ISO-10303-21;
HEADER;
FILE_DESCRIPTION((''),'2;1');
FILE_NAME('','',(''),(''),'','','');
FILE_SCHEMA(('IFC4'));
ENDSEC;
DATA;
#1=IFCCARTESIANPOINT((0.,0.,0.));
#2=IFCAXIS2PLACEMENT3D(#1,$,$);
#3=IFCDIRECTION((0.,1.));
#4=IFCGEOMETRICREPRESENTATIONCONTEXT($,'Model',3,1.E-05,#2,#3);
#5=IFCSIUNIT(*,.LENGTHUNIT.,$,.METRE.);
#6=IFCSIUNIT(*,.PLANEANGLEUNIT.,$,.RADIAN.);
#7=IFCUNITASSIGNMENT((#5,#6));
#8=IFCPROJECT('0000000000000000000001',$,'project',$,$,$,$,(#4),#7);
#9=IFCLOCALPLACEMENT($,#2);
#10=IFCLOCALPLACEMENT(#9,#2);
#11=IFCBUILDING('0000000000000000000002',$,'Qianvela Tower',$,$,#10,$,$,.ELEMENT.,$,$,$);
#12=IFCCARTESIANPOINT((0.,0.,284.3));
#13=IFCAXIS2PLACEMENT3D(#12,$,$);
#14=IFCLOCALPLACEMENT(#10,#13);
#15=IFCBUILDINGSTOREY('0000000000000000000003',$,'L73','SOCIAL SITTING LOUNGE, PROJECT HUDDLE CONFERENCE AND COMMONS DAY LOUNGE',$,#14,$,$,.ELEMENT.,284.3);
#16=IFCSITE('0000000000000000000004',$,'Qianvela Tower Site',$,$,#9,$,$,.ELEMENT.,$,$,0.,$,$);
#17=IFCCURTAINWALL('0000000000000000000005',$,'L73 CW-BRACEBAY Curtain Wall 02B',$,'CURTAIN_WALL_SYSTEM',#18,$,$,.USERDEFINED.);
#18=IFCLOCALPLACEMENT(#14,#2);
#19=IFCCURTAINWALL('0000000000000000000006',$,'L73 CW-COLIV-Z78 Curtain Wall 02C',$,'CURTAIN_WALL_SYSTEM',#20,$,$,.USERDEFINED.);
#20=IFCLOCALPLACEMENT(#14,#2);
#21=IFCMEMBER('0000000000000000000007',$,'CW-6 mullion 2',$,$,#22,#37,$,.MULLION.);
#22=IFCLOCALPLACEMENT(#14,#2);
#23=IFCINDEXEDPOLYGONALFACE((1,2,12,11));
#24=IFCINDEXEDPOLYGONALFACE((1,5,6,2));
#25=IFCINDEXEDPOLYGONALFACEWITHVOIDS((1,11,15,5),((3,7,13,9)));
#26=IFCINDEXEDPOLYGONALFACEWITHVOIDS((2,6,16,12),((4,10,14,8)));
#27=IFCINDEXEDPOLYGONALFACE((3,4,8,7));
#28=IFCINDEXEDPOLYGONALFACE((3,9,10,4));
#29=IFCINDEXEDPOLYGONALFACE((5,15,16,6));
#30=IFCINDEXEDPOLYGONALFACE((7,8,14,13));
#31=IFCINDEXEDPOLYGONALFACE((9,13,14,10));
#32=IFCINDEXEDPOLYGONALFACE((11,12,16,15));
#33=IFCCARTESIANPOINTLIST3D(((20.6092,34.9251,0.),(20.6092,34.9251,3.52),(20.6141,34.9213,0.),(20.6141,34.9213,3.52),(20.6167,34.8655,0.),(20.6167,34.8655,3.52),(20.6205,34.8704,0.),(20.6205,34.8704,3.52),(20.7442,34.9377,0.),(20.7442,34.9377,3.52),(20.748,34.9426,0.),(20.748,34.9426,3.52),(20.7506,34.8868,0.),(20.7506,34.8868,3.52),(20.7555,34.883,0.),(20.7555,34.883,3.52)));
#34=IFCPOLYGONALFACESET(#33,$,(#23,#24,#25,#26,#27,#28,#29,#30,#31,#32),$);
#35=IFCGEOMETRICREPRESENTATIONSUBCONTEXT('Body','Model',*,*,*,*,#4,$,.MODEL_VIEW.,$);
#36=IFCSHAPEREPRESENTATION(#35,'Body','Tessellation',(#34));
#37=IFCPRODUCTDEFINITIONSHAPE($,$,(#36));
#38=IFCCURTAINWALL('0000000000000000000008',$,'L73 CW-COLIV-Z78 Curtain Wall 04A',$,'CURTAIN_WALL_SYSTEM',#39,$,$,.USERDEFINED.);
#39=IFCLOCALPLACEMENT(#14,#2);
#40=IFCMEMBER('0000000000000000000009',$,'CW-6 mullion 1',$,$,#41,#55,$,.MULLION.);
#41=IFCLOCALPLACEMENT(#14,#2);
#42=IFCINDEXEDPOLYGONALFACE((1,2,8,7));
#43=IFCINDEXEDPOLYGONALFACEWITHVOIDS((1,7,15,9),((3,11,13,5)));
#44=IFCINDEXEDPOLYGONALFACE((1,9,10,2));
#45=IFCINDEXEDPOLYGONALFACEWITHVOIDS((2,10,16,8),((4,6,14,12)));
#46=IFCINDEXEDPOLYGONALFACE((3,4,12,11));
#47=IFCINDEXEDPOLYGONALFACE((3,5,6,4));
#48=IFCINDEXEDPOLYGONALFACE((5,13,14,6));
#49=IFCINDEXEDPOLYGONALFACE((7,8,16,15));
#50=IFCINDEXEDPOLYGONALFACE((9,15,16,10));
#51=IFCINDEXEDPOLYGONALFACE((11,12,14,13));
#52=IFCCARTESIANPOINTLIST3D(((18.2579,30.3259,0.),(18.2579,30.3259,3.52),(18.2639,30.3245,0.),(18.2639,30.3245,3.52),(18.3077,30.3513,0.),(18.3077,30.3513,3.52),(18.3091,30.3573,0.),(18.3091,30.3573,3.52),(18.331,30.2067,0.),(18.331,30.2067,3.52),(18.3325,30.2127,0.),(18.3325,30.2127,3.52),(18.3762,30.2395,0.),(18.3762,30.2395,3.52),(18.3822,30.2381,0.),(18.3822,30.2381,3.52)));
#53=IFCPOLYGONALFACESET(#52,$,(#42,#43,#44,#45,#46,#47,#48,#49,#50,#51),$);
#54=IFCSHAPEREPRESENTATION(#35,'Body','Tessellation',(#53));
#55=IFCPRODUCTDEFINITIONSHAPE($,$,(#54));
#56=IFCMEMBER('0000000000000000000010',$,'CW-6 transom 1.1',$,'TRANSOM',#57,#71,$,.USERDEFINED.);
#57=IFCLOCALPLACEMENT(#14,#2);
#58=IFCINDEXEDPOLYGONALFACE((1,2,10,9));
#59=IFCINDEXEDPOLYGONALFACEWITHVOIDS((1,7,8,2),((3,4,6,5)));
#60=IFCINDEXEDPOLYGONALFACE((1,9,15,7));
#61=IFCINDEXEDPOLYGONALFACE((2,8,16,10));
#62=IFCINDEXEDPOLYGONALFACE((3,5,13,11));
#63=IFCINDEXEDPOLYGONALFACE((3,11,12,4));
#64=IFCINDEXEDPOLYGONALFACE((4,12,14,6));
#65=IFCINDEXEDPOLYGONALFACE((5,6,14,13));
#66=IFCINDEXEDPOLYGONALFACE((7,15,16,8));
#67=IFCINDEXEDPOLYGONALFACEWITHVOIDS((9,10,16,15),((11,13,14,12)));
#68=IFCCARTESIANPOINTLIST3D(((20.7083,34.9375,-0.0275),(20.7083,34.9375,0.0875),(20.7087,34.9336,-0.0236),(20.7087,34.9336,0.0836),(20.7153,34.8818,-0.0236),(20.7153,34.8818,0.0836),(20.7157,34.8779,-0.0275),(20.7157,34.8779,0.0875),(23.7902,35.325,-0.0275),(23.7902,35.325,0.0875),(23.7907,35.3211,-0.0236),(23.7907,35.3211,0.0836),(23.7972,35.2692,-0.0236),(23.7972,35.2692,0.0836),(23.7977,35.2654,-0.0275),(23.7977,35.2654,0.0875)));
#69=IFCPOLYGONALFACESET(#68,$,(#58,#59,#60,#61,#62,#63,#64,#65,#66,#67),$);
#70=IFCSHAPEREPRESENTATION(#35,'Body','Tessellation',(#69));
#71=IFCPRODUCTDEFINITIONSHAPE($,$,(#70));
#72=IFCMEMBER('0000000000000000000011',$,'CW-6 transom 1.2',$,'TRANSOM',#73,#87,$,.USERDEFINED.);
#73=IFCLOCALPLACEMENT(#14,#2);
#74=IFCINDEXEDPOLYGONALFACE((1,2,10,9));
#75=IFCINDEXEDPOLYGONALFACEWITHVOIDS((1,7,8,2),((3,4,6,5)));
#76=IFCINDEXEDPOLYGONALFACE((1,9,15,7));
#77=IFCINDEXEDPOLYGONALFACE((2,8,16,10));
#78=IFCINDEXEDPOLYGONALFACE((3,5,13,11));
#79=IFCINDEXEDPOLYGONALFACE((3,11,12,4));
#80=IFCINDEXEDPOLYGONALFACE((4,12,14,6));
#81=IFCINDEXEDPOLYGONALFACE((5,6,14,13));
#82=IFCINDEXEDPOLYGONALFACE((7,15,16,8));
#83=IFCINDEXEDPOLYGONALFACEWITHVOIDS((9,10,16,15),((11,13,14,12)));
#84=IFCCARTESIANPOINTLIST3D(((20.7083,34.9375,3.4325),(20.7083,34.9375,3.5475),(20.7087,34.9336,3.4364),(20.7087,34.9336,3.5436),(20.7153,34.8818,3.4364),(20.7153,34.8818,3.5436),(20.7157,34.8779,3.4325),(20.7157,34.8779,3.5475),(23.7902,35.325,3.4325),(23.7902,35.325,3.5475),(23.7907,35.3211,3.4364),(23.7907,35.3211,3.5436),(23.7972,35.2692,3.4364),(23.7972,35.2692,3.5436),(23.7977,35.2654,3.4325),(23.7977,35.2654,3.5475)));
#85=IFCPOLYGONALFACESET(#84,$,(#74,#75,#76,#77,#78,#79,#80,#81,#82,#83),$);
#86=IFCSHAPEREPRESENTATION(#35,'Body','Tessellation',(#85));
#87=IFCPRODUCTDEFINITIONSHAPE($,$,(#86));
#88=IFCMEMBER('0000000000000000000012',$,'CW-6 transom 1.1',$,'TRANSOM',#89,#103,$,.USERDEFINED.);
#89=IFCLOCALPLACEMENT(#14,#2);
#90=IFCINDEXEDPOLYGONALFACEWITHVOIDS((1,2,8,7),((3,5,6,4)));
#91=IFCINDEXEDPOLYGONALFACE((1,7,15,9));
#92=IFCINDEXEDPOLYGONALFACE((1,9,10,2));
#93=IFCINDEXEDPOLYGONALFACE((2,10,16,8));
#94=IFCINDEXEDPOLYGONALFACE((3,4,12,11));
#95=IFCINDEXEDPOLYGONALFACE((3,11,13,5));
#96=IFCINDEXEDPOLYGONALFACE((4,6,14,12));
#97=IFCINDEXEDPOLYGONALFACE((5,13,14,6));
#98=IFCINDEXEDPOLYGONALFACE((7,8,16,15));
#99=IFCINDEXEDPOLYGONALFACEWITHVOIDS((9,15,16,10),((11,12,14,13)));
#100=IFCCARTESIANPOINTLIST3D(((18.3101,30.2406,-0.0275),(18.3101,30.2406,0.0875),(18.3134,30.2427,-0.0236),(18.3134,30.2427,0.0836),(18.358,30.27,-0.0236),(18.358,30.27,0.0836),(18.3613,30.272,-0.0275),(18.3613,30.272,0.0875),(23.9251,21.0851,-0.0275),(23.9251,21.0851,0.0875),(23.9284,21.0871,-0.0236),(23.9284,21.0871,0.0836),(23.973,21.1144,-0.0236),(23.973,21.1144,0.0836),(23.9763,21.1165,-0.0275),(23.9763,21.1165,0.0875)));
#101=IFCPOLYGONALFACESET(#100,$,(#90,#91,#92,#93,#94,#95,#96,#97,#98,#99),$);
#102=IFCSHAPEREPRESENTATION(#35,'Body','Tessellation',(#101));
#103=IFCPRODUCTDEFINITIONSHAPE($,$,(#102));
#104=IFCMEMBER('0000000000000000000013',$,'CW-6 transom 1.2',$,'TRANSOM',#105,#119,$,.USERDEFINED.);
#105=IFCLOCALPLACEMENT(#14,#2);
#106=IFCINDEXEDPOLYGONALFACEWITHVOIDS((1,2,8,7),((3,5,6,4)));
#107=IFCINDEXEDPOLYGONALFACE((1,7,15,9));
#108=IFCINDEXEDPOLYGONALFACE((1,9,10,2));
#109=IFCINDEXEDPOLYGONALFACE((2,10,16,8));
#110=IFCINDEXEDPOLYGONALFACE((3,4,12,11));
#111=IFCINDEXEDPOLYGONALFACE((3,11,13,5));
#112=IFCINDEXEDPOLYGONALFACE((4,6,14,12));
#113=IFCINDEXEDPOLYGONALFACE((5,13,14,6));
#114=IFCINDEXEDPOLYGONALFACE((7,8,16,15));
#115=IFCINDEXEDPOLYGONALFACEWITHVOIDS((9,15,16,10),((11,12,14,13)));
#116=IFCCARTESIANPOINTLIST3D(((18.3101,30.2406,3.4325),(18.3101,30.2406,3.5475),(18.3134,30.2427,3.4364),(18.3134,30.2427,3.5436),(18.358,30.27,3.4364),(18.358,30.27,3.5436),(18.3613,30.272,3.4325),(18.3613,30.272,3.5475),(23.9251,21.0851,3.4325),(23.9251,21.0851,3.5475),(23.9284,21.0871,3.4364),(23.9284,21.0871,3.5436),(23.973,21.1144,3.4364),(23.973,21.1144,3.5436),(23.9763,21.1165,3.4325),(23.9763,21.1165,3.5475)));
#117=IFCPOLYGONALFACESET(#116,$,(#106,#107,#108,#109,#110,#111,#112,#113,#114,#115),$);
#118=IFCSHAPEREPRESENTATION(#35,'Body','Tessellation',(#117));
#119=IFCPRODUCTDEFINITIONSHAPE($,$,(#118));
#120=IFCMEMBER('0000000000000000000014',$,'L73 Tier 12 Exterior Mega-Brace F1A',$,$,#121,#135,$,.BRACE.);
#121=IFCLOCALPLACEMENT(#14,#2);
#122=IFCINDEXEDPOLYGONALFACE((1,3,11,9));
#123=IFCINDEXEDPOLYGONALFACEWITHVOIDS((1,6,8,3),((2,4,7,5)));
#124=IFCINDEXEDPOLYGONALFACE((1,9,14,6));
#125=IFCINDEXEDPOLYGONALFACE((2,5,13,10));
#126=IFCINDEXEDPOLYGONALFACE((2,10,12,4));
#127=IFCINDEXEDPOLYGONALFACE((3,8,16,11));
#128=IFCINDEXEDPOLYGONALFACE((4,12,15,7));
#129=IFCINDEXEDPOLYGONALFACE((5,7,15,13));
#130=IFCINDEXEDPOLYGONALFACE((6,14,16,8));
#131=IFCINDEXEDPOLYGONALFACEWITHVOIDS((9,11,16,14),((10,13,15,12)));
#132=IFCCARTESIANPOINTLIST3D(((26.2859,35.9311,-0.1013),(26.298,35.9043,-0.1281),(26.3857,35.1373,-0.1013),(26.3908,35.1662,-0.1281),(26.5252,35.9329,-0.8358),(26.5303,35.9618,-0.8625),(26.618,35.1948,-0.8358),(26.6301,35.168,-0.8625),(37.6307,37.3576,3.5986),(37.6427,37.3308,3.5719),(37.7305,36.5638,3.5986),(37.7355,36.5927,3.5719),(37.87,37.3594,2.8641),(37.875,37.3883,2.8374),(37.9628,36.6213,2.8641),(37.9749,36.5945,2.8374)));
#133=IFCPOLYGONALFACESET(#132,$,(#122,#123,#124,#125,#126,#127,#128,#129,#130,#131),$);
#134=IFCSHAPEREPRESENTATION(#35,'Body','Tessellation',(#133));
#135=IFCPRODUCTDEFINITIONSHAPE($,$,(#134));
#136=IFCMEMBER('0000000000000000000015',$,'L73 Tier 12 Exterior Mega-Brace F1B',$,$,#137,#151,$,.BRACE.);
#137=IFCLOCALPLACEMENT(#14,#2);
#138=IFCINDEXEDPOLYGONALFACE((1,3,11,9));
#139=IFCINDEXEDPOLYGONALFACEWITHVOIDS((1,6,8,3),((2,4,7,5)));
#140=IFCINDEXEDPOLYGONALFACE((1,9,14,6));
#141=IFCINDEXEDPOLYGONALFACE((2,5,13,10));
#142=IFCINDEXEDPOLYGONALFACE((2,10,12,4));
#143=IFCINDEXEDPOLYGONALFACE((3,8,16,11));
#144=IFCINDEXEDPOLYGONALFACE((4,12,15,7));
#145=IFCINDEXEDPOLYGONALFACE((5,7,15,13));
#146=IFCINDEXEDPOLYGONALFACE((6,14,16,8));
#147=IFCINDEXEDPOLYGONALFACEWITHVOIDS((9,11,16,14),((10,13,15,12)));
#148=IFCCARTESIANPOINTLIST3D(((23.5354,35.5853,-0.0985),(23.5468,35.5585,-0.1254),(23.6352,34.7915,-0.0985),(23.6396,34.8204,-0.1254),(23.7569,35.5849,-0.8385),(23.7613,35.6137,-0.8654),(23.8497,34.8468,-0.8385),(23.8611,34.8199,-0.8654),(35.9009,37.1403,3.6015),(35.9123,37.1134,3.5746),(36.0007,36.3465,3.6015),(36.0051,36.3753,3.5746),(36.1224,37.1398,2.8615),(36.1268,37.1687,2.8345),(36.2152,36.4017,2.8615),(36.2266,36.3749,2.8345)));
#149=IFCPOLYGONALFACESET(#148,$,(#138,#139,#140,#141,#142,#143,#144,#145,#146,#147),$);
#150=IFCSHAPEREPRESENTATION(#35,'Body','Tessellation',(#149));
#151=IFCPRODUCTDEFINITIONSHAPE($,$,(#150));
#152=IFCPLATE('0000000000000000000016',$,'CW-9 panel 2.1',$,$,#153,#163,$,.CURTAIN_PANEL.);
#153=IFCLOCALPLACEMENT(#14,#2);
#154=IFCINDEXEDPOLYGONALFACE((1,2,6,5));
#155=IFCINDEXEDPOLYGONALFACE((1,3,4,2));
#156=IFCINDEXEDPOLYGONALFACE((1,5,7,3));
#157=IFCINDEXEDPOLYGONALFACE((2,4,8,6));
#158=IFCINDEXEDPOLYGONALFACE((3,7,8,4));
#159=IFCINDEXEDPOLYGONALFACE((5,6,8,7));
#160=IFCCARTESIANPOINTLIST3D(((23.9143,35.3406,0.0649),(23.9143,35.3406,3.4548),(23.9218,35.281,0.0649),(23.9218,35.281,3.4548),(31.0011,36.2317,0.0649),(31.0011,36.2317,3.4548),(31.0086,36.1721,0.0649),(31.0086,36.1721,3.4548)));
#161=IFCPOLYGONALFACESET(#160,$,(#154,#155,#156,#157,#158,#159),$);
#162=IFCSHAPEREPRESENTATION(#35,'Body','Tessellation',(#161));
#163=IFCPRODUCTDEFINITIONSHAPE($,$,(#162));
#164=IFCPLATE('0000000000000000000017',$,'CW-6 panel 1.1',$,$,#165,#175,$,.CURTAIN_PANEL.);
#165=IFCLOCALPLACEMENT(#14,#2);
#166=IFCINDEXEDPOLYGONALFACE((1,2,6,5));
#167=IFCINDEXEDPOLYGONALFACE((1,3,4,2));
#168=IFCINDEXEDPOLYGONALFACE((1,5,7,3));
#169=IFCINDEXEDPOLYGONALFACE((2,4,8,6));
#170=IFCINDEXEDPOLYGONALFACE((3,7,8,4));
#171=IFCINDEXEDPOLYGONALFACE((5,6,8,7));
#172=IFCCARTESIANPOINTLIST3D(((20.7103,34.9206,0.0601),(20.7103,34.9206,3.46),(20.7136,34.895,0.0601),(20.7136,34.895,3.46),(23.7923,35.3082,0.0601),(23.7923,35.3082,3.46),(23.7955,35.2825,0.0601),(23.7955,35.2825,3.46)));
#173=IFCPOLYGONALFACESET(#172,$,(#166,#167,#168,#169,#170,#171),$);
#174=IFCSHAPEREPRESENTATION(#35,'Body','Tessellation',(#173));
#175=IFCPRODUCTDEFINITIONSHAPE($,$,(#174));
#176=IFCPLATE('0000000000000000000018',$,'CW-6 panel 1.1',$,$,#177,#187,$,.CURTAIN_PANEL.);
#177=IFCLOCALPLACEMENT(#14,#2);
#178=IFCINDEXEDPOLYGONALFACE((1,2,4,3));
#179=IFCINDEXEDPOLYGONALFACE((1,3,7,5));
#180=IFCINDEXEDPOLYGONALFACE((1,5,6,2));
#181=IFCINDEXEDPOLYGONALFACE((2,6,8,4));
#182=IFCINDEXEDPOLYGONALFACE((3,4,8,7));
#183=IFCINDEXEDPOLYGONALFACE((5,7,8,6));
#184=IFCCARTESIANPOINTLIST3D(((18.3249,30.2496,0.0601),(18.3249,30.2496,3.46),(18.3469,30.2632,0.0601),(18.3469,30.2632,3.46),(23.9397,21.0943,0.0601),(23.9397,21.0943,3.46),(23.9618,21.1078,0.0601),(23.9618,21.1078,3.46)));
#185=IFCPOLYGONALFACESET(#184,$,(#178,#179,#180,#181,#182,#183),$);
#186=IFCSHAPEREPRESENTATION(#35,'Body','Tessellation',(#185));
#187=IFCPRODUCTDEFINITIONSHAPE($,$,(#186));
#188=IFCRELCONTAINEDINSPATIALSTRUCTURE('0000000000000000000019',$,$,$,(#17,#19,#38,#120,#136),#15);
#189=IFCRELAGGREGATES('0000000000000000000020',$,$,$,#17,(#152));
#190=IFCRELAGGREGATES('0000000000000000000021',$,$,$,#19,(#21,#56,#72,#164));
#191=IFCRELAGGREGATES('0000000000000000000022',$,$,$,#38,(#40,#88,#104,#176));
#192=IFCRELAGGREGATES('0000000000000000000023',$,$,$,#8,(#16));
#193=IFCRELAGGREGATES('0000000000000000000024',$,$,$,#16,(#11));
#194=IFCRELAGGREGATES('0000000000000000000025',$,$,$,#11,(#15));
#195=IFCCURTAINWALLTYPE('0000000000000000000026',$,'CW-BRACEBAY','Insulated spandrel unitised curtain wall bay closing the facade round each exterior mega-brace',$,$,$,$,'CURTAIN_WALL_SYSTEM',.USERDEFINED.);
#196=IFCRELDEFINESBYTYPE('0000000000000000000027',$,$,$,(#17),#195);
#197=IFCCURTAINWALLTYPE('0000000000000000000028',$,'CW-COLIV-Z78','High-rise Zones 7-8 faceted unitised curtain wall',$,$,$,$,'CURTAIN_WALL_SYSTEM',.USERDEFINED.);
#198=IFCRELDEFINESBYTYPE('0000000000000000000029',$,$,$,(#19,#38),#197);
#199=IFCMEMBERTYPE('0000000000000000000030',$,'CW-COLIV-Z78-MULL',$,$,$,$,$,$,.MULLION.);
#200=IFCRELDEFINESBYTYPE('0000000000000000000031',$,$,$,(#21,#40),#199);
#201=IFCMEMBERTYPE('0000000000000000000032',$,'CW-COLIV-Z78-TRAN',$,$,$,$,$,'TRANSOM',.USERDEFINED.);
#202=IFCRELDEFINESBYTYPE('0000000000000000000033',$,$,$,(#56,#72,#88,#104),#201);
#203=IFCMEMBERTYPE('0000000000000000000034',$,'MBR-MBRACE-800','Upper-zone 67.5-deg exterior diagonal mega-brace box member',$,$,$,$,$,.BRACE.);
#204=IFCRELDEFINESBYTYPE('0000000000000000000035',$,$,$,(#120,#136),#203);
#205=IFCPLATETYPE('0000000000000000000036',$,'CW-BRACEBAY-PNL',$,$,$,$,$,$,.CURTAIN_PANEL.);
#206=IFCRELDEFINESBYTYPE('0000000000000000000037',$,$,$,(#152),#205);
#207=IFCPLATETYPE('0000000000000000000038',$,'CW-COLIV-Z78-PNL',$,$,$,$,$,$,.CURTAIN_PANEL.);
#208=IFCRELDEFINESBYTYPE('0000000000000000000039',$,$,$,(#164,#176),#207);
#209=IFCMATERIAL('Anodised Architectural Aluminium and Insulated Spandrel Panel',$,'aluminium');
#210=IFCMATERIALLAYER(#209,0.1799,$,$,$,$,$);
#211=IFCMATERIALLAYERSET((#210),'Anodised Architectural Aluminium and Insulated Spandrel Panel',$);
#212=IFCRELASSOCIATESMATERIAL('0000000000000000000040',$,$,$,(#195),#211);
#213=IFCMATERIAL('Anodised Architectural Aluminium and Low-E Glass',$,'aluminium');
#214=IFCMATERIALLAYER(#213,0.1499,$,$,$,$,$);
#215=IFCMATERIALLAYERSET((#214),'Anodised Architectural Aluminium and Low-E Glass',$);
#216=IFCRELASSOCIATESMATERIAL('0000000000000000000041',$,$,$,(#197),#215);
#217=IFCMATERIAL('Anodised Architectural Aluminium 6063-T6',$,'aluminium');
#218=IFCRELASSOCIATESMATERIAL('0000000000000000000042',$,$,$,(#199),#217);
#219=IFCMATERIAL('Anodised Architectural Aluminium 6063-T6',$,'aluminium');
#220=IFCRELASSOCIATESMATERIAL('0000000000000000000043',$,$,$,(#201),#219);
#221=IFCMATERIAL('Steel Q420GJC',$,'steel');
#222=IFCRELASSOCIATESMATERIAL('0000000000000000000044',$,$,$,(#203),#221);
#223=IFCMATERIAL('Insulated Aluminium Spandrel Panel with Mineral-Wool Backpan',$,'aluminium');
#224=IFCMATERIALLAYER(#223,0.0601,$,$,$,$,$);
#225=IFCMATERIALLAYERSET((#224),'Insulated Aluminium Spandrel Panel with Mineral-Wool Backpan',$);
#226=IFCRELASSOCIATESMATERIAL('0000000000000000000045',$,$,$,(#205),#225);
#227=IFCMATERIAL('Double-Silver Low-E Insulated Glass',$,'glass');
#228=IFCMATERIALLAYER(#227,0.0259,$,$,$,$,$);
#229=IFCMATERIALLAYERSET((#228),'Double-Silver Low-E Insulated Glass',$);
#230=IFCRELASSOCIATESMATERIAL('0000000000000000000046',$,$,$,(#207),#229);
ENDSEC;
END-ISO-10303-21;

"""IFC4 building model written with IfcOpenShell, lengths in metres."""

from ifc_helpers import new_model, si_unit, direction, frame, origin, origin_2d, place, context, subcontext, project, spatial, rectangle, hollow_rectangle, extrude, material, layer, layer_set, material_profile, profile_set, type_object, element, aggregate, save


model = new_model("IFC4")

# Units and contexts
model_context = context("Model", 3, precision=1e-05, world=origin(), true_north=direction((0.0, 1.0)))
body_context = subcontext(model_context, "Body", "Model", "MODEL_VIEW")
ifc_project = project(units=[si_unit("LENGTHUNIT", "METRE"), si_unit("PLANEANGLEUNIT", "RADIAN")], contexts=[model_context])

# Site, building, storey
site_placement = place(None, origin())
site = spatial("IfcSite", under=ifc_project, at=site_placement, Name="Qianvela Tower Site", CompositionType="ELEMENT", RefElevation=0.0)
building_placement = place(site_placement, origin())
building = spatial("IfcBuilding", under=site, at=building_placement, Name="Qianvela Tower", CompositionType="ELEMENT")
storey_placement = place(building_placement, frame((0.0, 0.0, 284.3)))
storey = spatial("IfcBuildingStorey", under=building, at=storey_placement, Name="L73", Description="SOCIAL SITTING LOUNGE, PROJECT HUDDLE CONFERENCE AND COMMONS DAY LOUNGE", CompositionType="ELEMENT", Elevation=284.3)

# Curtain wall
ifc_material_1 = material(Name="Anodised Architectural Aluminium and Insulated Spandrel Panel", Category="aluminium")
ifc_layer_1 = layer(ifc_material_1, 0.1799)
ifc_layer_set_1 = layer_set([ifc_layer_1], Name="Anodised Architectural Aluminium and Insulated Spandrel Panel")
curtain_wall_type_1 = type_object("IfcCurtainWallType", Name="CW-BRACEBAY", Description="Insulated spandrel unitised curtain wall bay closing the facade round each exterior mega-brace", ElementType="CURTAIN_WALL_SYSTEM", PredefinedType="USERDEFINED", material=ifc_layer_set_1)
curtain_wall_1_placement = place(storey_placement, origin())
curtain_wall_1 = element("IfcCurtainWall", 1, at=curtain_wall_1_placement, inside=storey, type_object=curtain_wall_type_1, Name="L73 CW-BRACEBAY Curtain Wall 02B", ObjectType="CURTAIN_WALL_SYSTEM", PredefinedType="USERDEFINED")

# Curtain wall, member
ifc_material_2 = material(Name="Anodised Architectural Aluminium and Low-E Glass", Category="aluminium")
ifc_layer_2 = layer(ifc_material_2, 0.1499)
ifc_layer_set_2 = layer_set([ifc_layer_2], Name="Anodised Architectural Aluminium and Low-E Glass")
curtain_wall_type_2 = type_object("IfcCurtainWallType", Name="CW-COLIV-Z78", Description="High-rise Zones 7-8 faceted unitised curtain wall", ElementType="CURTAIN_WALL_SYSTEM", PredefinedType="USERDEFINED", material=ifc_layer_set_2)
curtain_wall_2_placement = place(storey_placement, origin())
curtain_wall_2 = element("IfcCurtainWall", 2, at=curtain_wall_2_placement, inside=storey, type_object=curtain_wall_type_2, Name="L73 CW-COLIV-Z78 Curtain Wall 02C", ObjectType="CURTAIN_WALL_SYSTEM", PredefinedType="USERDEFINED")
ifc_material_3 = material(Name="Anodised Architectural Aluminium 6063-T6", Category="aluminium")
ifc_material_profile_1 = material_profile(ifc_material_3, hollow_rectangle(XDim=0.0601, YDim=0.1399, WallThickness=0.0044, at=origin_2d()), Name="ALU-MULL-60x140")
ifc_profile_set_1 = profile_set([ifc_material_profile_1], Name="Anodised Architectural Aluminium 6063-T6")
member_type_1 = type_object("IfcMemberType", Name="CW-COLIV-Z78-MULL", PredefinedType="MULLION", material=ifc_profile_set_1)
member_1_placement = place(storey_placement, frame((20.6824, 34.9041, 0.0), z_axis=(0.0, 0.0, 1.0), x_axis=(0.12476, -0.992187, 0.0)))
member_1 = element("IfcMember", 3, at=member_1_placement, type_object=member_type_1, Name="CW-6 mullion 2", PredefinedType="MULLION", context=body_context, shape_type="SweptSolid", body=[
    extrude(hollow_rectangle(XDim=0.0601, YDim=0.1399, WallThickness=0.0044, at=origin_2d()), origin(), (0.0, 0.0, 1.0), 3.52),
])

# Curtain wall, member
curtain_wall_3_placement = place(storey_placement, origin())
curtain_wall_3 = element("IfcCurtainWall", 4, at=curtain_wall_3_placement, inside=storey, type_object=curtain_wall_type_2, Name="L73 CW-COLIV-Z78 Curtain Wall 04A", ObjectType="CURTAIN_WALL_SYSTEM", PredefinedType="USERDEFINED")
member_2_placement = place(storey_placement, frame((18.3201, 30.282, 0.0), z_axis=(0.0, 0.0, 1.0), x_axis=(0.852457, 0.522798, 0.0)))
member_2 = element("IfcMember", 5, at=member_2_placement, type_object=member_type_1, Name="CW-6 mullion 1", PredefinedType="MULLION", context=body_context, shape_type="SweptSolid", body=[
    extrude(hollow_rectangle(XDim=0.0601, YDim=0.1399, WallThickness=0.0044, at=origin_2d()), origin(), (0.0, 0.0, 1.0), 3.52),
])

# Members
ifc_material_4 = material(Name="Anodised Architectural Aluminium 6063-T6", Category="aluminium")
ifc_material_profile_2 = material_profile(ifc_material_4, hollow_rectangle(XDim=0.0601, YDim=0.115, WallThickness=0.0039, at=origin_2d()), Name="ALU-TRAN-60x115")
ifc_profile_set_2 = profile_set([ifc_material_profile_2], Name="Anodised Architectural Aluminium 6063-T6")
member_type_2 = type_object("IfcMemberType", Name="CW-COLIV-Z78-TRAN", ElementType="TRANSOM", PredefinedType="USERDEFINED", material=ifc_profile_set_2)
member_3_placement = place(storey_placement, frame((23.7939, 35.2952, 0.03), z_axis=(-0.992191, -0.124731, 0.0), x_axis=(0.124731, -0.992191, 0.0)))
member_3 = element("IfcMember", 6, at=member_3_placement, type_object=member_type_2, Name="CW-6 transom 1.1", ObjectType="TRANSOM", PredefinedType="USERDEFINED", context=body_context, shape_type="SweptSolid", body=[
    extrude(hollow_rectangle(XDim=0.0601, YDim=0.115, WallThickness=0.0039, at=origin_2d()), origin(), (0.0, 0.0, 1.0), 3.1062),
])
member_4_placement = place(storey_placement, frame((23.7939, 35.2952, 3.49), z_axis=(-0.992191, -0.124731, 0.0), x_axis=(0.124731, -0.992191, 0.0)))
member_4 = element("IfcMember", 7, at=member_4_placement, type_object=member_type_2, Name="CW-6 transom 1.2", ObjectType="TRANSOM", PredefinedType="USERDEFINED", context=body_context, shape_type="SweptSolid", body=[
    extrude(hollow_rectangle(XDim=0.0601, YDim=0.115, WallThickness=0.0039, at=origin_2d()), origin(), (0.0, 0.0, 1.0), 3.1062),
])
member_5_placement = place(storey_placement, frame((18.3357, 30.2563, 0.03), z_axis=(0.522802, -0.852454, 0.0), x_axis=(0.852454, 0.522802, 0.0)))
member_5 = element("IfcMember", 8, at=member_5_placement, type_object=member_type_2, Name="CW-6 transom 1.1", ObjectType="TRANSOM", PredefinedType="USERDEFINED", context=body_context, shape_type="SweptSolid", body=[
    extrude(hollow_rectangle(XDim=0.0601, YDim=0.115, WallThickness=0.0039, at=origin_2d()), origin(), (0.0, 0.0, 1.0), 10.7402),
])
member_6_placement = place(storey_placement, frame((18.3357, 30.2563, 3.49), z_axis=(0.522802, -0.852454, 0.0), x_axis=(0.852454, 0.522802, 0.0)))
member_6 = element("IfcMember", 9, at=member_6_placement, type_object=member_type_2, Name="CW-6 transom 1.2", ObjectType="TRANSOM", PredefinedType="USERDEFINED", context=body_context, shape_type="SweptSolid", body=[
    extrude(hollow_rectangle(XDim=0.0601, YDim=0.115, WallThickness=0.0039, at=origin_2d()), origin(), (0.0, 0.0, 1.0), 10.7402),
])

# Members
ifc_material_5 = material(Name="Steel Q420GJC", Category="steel")
ifc_material_profile_3 = material_profile(ifc_material_5, hollow_rectangle(XDim=0.8, YDim=0.8, WallThickness=0.0281, at=origin_2d()), Name="MBOX-800x800x28")
ifc_profile_set_3 = profile_set([ifc_material_profile_3], Name="Steel Q420GJC")
member_type_3 = type_object("IfcMemberType", Name="MBR-MBRACE-800", Description="Upper-zone 67.5-deg exterior diagonal mega-brace box member", PredefinedType="BRACE", material=ifc_profile_set_3)
member_7_placement = place(storey_placement, frame((26.458, 35.5496, -0.4819), z_axis=(0.943994, 0.1187, 0.307873), x_axis=(-0.12476, 0.992187, 0.0)))
element("IfcMember", 10, at=member_7_placement, inside=storey, type_object=member_type_3, Name="L73 Tier 12 Exterior Mega-Brace F1A", PredefinedType="BRACE", context=body_context, shape_type="SweptSolid", body=[
    extrude(hollow_rectangle(XDim=0.8, YDim=0.8, WallThickness=0.0281, at=origin_2d()), origin(), (0.0, 0.0, 1.0), 12.0178),
])
member_8_placement = place(storey_placement, frame((23.6982, 35.2026, -0.4819), z_axis=(0.951155, 0.119606, 0.284601), x_axis=(-0.124765, 0.992186, 0.0)))
element("IfcMember", 11, at=member_8_placement, inside=storey, type_object=member_type_3, Name="L73 Tier 12 Exterior Mega-Brace F1B", PredefinedType="BRACE", context=body_context, shape_type="SweptSolid", body=[
    extrude(hollow_rectangle(XDim=0.8, YDim=0.8, WallThickness=0.0281, at=origin_2d()), origin(), (0.0, 0.0, 1.0), 13.0005),
])

# Plates
ifc_material_6 = material(Name="Insulated Aluminium Spandrel Panel with Mineral-Wool Backpan", Category="aluminium")
ifc_layer_3 = layer(ifc_material_6, 0.0601)
ifc_layer_set_3 = layer_set([ifc_layer_3], Name="Insulated Aluminium Spandrel Panel with Mineral-Wool Backpan")
plate_type_1 = type_object("IfcPlateType", Name="CW-BRACEBAY-PNL", PredefinedType="CURTAIN_PANEL", material=ifc_layer_set_3)
plate_1_placement = place(storey_placement, frame((27.4614, 35.7563, 0.0649), z_axis=(0.0, 0.0, 1.0), x_axis=(-0.992186, -0.124766, 0.0)))
plate_1 = element("IfcPlate", 12, at=plate_1_placement, type_object=plate_type_1, Name="CW-9 panel 2.1", PredefinedType="CURTAIN_PANEL", context=body_context, shape_type="SweptSolid", body=[
    extrude(rectangle(XDim=7.1426, YDim=0.0601, at=origin_2d()), origin(), (0.0, 0.0, 1.0), 3.3899),
])
aggregate(curtain_wall_1, [plate_1])
ifc_material_7 = material(Name="Double-Silver Low-E Insulated Glass", Category="glass")
ifc_layer_4 = layer(ifc_material_7, 0.0259)
ifc_layer_set_4 = layer_set([ifc_layer_4], Name="Double-Silver Low-E Insulated Glass")
plate_type_2 = type_object("IfcPlateType", Name="CW-COLIV-Z78-PNL", PredefinedType="CURTAIN_PANEL", material=ifc_layer_set_4)
plate_2_placement = place(storey_placement, frame((22.2529, 35.1016, 0.0601), z_axis=(0.0, 0.0, 1.0), x_axis=(-0.992187, -0.12476, 0.0)))
plate_2 = element("IfcPlate", 13, at=plate_2_placement, type_object=plate_type_2, Name="CW-6 panel 1.1", PredefinedType="CURTAIN_PANEL", context=body_context, shape_type="SweptSolid", body=[
    extrude(rectangle(XDim=3.1062, YDim=0.0259, at=origin_2d()), origin(), (0.0, 0.0, 1.0), 3.3999),
])
aggregate(curtain_wall_2, [member_1, member_3, member_4, plate_2])
plate_3_placement = place(storey_placement, frame((21.1433, 25.6787, 0.0601), z_axis=(0.0, 0.0, 1.0), x_axis=(0.522798, -0.852457, 0.0)))
plate_3 = element("IfcPlate", 14, at=plate_3_placement, type_object=plate_type_2, Name="CW-6 panel 1.1", PredefinedType="CURTAIN_PANEL", context=body_context, shape_type="SweptSolid", body=[
    extrude(rectangle(XDim=10.74, YDim=0.0259, at=origin_2d()), origin(), (0.0, 0.0, 1.0), 3.3999),
])
aggregate(curtain_wall_3, [member_2, member_5, member_6, plate_3])

save(model, "model.ifc")
